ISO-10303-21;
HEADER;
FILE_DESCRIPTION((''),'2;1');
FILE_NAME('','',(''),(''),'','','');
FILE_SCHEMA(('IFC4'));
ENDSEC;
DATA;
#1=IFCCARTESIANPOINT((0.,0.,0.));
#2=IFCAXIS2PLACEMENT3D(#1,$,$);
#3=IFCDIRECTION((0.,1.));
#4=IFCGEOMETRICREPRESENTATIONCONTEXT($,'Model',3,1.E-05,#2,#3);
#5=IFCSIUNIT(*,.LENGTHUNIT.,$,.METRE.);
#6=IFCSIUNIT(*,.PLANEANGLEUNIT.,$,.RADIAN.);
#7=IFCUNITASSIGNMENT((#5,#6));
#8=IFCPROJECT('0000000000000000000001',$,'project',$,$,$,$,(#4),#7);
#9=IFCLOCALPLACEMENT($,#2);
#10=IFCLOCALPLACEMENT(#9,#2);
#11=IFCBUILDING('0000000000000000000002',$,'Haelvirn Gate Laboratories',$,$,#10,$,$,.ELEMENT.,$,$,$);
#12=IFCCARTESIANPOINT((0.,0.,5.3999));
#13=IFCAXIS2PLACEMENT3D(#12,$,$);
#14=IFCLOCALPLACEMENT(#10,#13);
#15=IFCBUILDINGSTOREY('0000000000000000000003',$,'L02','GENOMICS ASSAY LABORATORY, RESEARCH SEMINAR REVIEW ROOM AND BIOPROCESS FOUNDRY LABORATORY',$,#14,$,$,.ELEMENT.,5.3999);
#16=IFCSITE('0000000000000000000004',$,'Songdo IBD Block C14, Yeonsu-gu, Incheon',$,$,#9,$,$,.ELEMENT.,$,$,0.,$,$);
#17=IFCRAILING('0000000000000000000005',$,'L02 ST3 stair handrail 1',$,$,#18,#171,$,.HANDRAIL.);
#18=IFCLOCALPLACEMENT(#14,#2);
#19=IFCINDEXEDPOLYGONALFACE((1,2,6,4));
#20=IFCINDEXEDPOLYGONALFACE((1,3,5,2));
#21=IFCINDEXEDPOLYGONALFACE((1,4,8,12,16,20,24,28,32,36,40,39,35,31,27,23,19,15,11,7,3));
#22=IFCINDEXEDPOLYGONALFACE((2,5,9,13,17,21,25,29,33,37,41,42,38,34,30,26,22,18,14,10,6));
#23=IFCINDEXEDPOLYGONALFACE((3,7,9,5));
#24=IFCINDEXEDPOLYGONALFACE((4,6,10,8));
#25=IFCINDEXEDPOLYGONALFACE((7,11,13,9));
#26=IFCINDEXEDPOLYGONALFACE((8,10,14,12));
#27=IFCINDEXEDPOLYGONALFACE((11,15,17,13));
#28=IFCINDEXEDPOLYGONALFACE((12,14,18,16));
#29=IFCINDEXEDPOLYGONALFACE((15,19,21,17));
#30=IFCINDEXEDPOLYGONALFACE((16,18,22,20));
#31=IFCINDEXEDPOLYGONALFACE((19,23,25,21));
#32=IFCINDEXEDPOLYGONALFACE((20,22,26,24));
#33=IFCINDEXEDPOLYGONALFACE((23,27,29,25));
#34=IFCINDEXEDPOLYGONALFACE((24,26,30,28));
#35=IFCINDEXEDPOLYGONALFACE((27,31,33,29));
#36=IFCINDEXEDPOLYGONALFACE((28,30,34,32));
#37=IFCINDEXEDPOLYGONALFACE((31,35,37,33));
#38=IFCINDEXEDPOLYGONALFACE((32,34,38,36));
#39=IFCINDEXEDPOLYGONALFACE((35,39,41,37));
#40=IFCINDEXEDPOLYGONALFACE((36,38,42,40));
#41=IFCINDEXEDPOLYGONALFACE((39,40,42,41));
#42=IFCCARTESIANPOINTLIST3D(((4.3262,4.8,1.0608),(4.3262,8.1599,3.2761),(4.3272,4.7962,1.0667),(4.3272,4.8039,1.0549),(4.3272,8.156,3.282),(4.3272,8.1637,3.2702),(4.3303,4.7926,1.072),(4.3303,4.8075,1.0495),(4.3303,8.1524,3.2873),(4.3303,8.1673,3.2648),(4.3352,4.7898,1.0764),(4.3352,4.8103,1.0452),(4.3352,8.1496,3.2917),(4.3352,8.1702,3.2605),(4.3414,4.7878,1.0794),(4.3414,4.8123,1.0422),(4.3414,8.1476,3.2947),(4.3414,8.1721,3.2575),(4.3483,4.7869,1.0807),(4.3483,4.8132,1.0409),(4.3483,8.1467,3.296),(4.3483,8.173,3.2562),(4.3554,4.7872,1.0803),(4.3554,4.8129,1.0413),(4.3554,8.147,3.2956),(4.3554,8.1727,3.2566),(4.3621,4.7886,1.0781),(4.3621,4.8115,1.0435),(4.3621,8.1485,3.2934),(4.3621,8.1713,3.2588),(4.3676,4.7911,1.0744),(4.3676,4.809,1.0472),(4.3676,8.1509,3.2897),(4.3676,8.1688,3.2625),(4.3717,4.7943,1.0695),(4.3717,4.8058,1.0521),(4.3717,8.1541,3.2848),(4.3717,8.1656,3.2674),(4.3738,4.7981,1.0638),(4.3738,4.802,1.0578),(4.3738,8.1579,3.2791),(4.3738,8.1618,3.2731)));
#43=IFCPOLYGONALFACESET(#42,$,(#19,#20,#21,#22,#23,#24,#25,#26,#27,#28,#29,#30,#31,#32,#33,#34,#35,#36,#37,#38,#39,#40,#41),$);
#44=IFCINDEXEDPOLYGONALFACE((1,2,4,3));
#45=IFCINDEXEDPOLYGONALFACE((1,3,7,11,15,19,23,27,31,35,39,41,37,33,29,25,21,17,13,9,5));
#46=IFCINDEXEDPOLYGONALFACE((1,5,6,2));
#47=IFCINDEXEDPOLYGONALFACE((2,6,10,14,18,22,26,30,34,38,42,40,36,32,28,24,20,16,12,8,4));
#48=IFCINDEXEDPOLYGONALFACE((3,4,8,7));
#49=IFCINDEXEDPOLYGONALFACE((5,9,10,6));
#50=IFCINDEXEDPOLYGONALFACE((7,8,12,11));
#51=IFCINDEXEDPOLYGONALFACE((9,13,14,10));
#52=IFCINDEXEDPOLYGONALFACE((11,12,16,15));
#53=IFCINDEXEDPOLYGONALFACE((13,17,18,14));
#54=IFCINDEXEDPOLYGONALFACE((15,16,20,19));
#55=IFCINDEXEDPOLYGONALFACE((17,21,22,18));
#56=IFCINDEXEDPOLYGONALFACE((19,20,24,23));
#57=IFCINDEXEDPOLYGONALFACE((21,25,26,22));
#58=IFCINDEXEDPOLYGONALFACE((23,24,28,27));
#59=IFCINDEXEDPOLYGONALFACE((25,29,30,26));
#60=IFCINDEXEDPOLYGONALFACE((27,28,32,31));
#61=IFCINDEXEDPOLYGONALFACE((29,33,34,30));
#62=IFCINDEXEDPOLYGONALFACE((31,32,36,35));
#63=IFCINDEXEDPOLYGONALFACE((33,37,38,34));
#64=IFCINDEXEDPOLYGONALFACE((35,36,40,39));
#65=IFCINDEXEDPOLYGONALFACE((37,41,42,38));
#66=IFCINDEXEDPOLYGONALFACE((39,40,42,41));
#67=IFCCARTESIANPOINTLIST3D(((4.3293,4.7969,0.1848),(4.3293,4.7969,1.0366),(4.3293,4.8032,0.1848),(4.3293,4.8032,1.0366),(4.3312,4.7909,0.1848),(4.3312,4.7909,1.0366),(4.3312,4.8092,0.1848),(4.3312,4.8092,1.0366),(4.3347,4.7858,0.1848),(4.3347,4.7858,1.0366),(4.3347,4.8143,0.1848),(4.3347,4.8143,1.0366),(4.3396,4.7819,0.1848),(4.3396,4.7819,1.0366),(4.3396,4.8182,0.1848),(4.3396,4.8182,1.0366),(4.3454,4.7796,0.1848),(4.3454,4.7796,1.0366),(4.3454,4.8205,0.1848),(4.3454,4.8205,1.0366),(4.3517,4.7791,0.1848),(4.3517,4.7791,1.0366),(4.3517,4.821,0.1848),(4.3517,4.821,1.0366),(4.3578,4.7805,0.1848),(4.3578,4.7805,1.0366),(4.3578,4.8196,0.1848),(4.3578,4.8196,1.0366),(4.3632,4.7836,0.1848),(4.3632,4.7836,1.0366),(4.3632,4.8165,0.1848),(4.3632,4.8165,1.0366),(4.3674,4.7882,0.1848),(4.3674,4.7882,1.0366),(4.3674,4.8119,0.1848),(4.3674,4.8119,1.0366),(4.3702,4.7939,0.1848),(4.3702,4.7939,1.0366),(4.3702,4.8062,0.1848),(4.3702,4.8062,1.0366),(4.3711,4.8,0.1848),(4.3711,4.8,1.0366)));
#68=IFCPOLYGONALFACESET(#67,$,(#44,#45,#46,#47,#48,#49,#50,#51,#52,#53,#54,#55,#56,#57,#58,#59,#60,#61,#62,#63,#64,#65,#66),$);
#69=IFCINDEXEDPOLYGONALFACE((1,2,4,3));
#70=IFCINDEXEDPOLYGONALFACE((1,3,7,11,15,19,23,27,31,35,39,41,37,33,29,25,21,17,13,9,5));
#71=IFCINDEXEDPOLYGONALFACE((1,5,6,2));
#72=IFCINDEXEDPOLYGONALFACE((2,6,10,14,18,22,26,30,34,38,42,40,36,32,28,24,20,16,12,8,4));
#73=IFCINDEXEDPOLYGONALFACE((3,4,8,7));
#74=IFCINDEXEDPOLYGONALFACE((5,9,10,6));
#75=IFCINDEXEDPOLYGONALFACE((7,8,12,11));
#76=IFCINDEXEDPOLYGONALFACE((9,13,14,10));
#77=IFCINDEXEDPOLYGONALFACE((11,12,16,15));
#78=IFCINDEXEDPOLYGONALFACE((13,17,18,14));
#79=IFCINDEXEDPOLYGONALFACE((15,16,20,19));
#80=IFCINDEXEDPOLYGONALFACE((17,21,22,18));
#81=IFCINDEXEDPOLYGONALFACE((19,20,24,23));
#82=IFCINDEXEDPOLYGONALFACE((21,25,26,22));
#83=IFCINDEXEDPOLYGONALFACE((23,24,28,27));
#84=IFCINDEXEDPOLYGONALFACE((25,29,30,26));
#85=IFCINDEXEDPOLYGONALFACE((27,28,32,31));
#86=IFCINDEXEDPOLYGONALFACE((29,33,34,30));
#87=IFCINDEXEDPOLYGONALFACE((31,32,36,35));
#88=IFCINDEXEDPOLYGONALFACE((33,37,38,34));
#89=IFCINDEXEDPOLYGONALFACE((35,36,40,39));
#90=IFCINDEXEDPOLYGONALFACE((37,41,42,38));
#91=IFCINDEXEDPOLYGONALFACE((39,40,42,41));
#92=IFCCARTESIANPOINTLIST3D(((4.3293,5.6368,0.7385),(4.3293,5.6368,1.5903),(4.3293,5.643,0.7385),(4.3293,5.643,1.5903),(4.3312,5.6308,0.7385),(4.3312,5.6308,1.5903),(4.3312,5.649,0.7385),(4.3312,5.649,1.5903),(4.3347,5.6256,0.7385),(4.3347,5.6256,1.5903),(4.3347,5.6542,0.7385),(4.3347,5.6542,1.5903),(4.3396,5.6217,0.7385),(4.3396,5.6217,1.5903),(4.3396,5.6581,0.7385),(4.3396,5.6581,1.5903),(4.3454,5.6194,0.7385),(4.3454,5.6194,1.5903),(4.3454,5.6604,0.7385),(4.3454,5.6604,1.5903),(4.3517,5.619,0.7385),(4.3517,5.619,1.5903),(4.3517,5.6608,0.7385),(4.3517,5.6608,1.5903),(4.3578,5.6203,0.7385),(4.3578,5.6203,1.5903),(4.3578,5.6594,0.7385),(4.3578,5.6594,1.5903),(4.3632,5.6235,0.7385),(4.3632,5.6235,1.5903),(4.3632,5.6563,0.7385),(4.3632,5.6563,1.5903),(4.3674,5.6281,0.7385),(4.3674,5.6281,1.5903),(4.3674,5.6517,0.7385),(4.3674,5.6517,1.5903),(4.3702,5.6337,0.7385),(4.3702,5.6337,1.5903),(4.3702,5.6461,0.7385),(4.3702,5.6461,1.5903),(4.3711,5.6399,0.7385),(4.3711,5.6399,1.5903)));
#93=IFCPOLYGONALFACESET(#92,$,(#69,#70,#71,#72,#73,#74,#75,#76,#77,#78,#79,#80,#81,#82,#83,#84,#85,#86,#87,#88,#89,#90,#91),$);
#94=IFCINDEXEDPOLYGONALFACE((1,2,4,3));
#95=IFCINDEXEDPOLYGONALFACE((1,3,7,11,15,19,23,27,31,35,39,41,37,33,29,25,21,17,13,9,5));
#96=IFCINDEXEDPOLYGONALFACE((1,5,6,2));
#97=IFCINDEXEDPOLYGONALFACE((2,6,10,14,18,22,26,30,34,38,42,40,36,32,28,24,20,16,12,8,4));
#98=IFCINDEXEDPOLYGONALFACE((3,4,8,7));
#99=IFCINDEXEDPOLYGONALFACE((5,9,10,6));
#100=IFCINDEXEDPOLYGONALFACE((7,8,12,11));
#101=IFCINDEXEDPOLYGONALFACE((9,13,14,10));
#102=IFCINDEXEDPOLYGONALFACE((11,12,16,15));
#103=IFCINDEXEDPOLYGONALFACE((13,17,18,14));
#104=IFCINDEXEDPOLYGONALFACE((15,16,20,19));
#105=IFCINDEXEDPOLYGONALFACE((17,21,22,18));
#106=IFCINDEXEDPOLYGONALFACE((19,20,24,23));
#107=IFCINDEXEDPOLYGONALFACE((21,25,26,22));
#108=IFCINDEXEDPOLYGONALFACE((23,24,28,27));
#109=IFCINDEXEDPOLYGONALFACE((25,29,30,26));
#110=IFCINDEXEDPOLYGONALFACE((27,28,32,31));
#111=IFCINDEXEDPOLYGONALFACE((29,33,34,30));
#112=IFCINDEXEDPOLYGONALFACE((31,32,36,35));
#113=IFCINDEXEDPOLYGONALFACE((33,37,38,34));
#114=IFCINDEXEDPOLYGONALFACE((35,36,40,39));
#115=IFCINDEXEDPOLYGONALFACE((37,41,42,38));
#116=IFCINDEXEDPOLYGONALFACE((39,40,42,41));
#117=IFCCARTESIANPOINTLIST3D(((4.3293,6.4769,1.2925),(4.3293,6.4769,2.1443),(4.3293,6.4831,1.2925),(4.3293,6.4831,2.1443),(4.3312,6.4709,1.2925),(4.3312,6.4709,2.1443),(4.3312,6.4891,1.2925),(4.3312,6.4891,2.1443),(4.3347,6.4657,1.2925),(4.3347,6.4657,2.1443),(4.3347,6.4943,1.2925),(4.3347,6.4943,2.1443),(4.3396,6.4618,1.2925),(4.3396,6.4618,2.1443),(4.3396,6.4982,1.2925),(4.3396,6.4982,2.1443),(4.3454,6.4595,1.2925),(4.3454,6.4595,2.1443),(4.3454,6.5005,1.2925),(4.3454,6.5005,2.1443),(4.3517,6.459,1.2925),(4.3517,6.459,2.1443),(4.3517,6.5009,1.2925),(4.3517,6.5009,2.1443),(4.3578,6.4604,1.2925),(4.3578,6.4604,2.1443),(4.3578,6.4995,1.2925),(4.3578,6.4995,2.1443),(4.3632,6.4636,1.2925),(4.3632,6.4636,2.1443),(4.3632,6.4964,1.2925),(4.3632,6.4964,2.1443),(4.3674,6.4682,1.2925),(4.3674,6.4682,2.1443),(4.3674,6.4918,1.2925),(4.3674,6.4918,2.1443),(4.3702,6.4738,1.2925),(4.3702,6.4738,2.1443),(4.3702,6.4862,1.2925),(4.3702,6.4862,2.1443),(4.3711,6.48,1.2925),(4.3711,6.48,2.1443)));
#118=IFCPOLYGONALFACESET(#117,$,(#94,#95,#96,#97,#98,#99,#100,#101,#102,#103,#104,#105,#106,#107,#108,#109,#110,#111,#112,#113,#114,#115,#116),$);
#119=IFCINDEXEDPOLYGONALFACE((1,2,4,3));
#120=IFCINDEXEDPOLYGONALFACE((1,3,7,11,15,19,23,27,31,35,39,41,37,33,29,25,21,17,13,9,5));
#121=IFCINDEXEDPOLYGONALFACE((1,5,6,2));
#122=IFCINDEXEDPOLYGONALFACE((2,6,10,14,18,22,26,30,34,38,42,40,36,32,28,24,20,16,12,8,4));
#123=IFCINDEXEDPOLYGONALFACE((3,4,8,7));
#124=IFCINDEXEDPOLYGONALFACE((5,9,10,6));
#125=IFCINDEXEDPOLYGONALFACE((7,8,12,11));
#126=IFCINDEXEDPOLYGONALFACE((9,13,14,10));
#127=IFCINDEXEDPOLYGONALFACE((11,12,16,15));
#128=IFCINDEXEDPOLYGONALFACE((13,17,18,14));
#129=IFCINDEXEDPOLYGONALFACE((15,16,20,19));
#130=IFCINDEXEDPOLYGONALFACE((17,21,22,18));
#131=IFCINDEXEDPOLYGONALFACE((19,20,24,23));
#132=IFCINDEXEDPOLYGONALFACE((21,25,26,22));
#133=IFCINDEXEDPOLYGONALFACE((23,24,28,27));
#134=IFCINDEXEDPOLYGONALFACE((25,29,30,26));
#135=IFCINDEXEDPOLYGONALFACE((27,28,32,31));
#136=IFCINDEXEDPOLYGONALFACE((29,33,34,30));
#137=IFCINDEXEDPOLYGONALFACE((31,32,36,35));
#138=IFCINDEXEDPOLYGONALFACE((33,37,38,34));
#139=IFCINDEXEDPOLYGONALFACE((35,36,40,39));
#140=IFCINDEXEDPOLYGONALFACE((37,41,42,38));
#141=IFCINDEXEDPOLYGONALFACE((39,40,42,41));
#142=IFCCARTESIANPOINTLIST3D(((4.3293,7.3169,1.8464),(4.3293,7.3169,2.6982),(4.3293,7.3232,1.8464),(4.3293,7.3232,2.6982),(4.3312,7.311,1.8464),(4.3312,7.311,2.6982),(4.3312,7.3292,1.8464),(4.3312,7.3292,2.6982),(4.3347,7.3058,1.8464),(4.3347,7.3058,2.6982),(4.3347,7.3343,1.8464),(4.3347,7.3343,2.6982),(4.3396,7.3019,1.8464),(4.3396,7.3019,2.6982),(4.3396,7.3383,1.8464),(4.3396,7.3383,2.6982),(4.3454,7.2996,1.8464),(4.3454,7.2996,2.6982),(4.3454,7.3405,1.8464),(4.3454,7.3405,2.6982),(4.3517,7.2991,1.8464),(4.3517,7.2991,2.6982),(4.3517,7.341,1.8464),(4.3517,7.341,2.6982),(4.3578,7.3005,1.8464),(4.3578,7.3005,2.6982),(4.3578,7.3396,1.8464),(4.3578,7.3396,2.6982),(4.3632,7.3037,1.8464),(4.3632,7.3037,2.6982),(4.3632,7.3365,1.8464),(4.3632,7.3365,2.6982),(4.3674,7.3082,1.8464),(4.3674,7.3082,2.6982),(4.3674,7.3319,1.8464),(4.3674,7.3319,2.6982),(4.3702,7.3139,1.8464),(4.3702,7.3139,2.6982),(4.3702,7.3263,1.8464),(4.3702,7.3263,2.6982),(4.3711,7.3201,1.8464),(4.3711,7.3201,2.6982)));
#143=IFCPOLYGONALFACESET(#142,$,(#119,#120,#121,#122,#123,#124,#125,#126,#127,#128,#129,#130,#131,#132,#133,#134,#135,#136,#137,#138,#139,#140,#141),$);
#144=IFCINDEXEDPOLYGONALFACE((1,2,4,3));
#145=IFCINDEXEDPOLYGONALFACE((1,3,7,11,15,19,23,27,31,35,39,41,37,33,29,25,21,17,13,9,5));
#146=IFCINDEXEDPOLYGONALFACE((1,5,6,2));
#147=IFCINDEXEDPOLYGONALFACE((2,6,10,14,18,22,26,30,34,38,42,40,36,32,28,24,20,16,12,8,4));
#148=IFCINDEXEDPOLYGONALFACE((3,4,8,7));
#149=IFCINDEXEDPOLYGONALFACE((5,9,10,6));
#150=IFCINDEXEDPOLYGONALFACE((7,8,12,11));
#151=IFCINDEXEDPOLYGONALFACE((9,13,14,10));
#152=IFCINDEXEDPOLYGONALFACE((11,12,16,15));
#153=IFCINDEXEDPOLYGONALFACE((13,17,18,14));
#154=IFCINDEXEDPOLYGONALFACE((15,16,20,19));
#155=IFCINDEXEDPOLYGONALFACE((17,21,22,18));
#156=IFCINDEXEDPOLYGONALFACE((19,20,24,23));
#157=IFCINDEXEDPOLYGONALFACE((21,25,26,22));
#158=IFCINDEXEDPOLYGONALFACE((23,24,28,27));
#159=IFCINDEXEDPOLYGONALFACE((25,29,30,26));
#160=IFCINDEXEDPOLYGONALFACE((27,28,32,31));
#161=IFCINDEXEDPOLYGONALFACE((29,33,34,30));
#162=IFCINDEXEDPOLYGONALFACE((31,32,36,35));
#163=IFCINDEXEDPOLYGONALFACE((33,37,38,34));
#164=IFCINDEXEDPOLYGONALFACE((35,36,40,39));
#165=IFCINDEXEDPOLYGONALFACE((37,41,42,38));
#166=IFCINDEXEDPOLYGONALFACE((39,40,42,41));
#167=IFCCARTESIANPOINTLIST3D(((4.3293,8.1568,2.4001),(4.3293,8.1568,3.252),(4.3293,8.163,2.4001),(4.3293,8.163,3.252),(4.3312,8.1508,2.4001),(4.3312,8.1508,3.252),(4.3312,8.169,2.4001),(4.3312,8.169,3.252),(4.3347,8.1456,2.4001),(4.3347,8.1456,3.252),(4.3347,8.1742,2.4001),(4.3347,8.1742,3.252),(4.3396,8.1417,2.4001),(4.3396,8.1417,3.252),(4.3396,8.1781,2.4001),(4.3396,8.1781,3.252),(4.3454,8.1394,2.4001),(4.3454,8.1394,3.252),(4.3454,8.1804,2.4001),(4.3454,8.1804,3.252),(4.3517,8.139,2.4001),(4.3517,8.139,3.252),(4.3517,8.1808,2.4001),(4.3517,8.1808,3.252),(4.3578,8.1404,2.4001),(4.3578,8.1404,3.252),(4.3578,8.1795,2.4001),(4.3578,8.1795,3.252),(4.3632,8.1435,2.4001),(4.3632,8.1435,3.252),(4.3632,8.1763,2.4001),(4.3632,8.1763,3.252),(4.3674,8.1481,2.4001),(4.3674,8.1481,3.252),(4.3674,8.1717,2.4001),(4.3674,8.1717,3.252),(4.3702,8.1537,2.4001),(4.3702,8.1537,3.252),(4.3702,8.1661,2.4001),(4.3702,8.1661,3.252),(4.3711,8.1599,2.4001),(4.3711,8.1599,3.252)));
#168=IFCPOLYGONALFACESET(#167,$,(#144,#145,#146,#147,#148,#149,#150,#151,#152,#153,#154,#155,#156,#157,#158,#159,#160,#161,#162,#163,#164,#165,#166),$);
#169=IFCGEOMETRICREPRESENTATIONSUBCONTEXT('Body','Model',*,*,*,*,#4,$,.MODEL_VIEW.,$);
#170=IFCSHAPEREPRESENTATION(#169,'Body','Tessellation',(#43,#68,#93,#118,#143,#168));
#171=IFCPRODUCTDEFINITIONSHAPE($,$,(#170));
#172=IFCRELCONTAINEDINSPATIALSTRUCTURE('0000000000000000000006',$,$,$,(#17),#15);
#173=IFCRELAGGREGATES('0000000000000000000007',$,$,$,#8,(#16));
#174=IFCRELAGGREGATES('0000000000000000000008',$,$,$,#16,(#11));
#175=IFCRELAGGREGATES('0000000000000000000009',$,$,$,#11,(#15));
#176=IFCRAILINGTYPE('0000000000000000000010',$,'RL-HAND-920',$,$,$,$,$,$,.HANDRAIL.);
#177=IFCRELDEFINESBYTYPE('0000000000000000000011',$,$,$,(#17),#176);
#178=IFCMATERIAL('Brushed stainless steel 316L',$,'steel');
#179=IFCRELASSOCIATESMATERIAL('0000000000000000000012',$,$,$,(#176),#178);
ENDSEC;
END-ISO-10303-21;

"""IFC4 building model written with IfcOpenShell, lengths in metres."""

from ifc_helpers import new_model, si_unit, direction, frame, origin, origin_2d, place, context, subcontext, project, spatial, circle, extrude, source, transform, mapped, material, type_object, type_shapes, element, save


model = new_model("IFC4")

# Units and contexts
model_context = context("Model", 3, precision=1e-05, world=origin(), true_north=direction((0.0, 1.0)))
body_context = subcontext(model_context, "Body", "Model", "MODEL_VIEW")
ifc_project = project(units=[si_unit("LENGTHUNIT", "METRE"), si_unit("PLANEANGLEUNIT", "RADIAN")], contexts=[model_context])

# Site, building, storey
site_placement = place(None, origin())
site = spatial("IfcSite", under=ifc_project, at=site_placement, Name="Songdo IBD Block C14, Yeonsu-gu, Incheon", CompositionType="ELEMENT", RefElevation=0.0)
building_placement = place(site_placement, origin())
building = spatial("IfcBuilding", under=site, at=building_placement, Name="Haelvirn Gate Laboratories", CompositionType="ELEMENT")
storey_placement = place(building_placement, frame((0.0, 0.0, 5.3999)))
storey = spatial("IfcBuildingStorey", under=building, at=storey_placement, Name="L02", Description="GENOMICS ASSAY LABORATORY, RESEARCH SEMINAR REVIEW ROOM AND BIOPROCESS FOUNDRY LABORATORY", CompositionType="ELEMENT", Elevation=5.3999)

# Railing
ifc_material_1 = material(Name="Brushed stainless steel 316L", Category="steel")
railing_type_1 = type_object("IfcRailingType", Name="RL-HAND-920", PredefinedType="HANDRAIL", material=ifc_material_1)
shared_shape_1 = source(origin(), body_context, "Body", "SweptSolid", [
    extrude(circle(Radius=0.0239, at=origin_2d()), frame((0.0, 0.0, 0.876), z_axis=(0.0, 0.834858, 0.550465), x_axis=(-1.0, 0.0, 0.0)), (0.0, 0.0, 1.0), 4.0244),
    extrude(circle(Radius=0.021, at=origin_2d()), origin(), (0.0, 0.0, 1.0), 0.8518),
    extrude(circle(Radius=0.021, at=origin_2d()), frame((0.0, 0.8398, 0.5537)), (0.0, 0.0, 1.0), 0.8518),
    extrude(circle(Radius=0.021, at=origin_2d()), frame((0.0, 1.6799, 1.1077)), (0.0, 0.0, 1.0), 0.8518),
    extrude(circle(Radius=0.021, at=origin_2d()), frame((0.0, 2.52, 1.6616)), (0.0, 0.0, 1.0), 0.8518),
    extrude(circle(Radius=0.021, at=origin_2d()), frame((0.0, 3.3599, 2.2153)), (0.0, 0.0, 1.0), 0.8518),
])
type_shapes(railing_type_1, [shared_shape_1])
railing_1_placement = place(storey_placement, frame((4.3501, 4.8, 0.1848)))
element("IfcRailing", 1, at=railing_1_placement, inside=storey, type_object=railing_type_1, Name="L02 ST3 stair handrail 1", PredefinedType="HANDRAIL", context=body_context, shape_type="MappedRepresentation", body=[
    mapped(shared_shape_1, transform((0.0, 0.0, 0.0), scale=1.0)),
])

save(model, "model.ifc")
